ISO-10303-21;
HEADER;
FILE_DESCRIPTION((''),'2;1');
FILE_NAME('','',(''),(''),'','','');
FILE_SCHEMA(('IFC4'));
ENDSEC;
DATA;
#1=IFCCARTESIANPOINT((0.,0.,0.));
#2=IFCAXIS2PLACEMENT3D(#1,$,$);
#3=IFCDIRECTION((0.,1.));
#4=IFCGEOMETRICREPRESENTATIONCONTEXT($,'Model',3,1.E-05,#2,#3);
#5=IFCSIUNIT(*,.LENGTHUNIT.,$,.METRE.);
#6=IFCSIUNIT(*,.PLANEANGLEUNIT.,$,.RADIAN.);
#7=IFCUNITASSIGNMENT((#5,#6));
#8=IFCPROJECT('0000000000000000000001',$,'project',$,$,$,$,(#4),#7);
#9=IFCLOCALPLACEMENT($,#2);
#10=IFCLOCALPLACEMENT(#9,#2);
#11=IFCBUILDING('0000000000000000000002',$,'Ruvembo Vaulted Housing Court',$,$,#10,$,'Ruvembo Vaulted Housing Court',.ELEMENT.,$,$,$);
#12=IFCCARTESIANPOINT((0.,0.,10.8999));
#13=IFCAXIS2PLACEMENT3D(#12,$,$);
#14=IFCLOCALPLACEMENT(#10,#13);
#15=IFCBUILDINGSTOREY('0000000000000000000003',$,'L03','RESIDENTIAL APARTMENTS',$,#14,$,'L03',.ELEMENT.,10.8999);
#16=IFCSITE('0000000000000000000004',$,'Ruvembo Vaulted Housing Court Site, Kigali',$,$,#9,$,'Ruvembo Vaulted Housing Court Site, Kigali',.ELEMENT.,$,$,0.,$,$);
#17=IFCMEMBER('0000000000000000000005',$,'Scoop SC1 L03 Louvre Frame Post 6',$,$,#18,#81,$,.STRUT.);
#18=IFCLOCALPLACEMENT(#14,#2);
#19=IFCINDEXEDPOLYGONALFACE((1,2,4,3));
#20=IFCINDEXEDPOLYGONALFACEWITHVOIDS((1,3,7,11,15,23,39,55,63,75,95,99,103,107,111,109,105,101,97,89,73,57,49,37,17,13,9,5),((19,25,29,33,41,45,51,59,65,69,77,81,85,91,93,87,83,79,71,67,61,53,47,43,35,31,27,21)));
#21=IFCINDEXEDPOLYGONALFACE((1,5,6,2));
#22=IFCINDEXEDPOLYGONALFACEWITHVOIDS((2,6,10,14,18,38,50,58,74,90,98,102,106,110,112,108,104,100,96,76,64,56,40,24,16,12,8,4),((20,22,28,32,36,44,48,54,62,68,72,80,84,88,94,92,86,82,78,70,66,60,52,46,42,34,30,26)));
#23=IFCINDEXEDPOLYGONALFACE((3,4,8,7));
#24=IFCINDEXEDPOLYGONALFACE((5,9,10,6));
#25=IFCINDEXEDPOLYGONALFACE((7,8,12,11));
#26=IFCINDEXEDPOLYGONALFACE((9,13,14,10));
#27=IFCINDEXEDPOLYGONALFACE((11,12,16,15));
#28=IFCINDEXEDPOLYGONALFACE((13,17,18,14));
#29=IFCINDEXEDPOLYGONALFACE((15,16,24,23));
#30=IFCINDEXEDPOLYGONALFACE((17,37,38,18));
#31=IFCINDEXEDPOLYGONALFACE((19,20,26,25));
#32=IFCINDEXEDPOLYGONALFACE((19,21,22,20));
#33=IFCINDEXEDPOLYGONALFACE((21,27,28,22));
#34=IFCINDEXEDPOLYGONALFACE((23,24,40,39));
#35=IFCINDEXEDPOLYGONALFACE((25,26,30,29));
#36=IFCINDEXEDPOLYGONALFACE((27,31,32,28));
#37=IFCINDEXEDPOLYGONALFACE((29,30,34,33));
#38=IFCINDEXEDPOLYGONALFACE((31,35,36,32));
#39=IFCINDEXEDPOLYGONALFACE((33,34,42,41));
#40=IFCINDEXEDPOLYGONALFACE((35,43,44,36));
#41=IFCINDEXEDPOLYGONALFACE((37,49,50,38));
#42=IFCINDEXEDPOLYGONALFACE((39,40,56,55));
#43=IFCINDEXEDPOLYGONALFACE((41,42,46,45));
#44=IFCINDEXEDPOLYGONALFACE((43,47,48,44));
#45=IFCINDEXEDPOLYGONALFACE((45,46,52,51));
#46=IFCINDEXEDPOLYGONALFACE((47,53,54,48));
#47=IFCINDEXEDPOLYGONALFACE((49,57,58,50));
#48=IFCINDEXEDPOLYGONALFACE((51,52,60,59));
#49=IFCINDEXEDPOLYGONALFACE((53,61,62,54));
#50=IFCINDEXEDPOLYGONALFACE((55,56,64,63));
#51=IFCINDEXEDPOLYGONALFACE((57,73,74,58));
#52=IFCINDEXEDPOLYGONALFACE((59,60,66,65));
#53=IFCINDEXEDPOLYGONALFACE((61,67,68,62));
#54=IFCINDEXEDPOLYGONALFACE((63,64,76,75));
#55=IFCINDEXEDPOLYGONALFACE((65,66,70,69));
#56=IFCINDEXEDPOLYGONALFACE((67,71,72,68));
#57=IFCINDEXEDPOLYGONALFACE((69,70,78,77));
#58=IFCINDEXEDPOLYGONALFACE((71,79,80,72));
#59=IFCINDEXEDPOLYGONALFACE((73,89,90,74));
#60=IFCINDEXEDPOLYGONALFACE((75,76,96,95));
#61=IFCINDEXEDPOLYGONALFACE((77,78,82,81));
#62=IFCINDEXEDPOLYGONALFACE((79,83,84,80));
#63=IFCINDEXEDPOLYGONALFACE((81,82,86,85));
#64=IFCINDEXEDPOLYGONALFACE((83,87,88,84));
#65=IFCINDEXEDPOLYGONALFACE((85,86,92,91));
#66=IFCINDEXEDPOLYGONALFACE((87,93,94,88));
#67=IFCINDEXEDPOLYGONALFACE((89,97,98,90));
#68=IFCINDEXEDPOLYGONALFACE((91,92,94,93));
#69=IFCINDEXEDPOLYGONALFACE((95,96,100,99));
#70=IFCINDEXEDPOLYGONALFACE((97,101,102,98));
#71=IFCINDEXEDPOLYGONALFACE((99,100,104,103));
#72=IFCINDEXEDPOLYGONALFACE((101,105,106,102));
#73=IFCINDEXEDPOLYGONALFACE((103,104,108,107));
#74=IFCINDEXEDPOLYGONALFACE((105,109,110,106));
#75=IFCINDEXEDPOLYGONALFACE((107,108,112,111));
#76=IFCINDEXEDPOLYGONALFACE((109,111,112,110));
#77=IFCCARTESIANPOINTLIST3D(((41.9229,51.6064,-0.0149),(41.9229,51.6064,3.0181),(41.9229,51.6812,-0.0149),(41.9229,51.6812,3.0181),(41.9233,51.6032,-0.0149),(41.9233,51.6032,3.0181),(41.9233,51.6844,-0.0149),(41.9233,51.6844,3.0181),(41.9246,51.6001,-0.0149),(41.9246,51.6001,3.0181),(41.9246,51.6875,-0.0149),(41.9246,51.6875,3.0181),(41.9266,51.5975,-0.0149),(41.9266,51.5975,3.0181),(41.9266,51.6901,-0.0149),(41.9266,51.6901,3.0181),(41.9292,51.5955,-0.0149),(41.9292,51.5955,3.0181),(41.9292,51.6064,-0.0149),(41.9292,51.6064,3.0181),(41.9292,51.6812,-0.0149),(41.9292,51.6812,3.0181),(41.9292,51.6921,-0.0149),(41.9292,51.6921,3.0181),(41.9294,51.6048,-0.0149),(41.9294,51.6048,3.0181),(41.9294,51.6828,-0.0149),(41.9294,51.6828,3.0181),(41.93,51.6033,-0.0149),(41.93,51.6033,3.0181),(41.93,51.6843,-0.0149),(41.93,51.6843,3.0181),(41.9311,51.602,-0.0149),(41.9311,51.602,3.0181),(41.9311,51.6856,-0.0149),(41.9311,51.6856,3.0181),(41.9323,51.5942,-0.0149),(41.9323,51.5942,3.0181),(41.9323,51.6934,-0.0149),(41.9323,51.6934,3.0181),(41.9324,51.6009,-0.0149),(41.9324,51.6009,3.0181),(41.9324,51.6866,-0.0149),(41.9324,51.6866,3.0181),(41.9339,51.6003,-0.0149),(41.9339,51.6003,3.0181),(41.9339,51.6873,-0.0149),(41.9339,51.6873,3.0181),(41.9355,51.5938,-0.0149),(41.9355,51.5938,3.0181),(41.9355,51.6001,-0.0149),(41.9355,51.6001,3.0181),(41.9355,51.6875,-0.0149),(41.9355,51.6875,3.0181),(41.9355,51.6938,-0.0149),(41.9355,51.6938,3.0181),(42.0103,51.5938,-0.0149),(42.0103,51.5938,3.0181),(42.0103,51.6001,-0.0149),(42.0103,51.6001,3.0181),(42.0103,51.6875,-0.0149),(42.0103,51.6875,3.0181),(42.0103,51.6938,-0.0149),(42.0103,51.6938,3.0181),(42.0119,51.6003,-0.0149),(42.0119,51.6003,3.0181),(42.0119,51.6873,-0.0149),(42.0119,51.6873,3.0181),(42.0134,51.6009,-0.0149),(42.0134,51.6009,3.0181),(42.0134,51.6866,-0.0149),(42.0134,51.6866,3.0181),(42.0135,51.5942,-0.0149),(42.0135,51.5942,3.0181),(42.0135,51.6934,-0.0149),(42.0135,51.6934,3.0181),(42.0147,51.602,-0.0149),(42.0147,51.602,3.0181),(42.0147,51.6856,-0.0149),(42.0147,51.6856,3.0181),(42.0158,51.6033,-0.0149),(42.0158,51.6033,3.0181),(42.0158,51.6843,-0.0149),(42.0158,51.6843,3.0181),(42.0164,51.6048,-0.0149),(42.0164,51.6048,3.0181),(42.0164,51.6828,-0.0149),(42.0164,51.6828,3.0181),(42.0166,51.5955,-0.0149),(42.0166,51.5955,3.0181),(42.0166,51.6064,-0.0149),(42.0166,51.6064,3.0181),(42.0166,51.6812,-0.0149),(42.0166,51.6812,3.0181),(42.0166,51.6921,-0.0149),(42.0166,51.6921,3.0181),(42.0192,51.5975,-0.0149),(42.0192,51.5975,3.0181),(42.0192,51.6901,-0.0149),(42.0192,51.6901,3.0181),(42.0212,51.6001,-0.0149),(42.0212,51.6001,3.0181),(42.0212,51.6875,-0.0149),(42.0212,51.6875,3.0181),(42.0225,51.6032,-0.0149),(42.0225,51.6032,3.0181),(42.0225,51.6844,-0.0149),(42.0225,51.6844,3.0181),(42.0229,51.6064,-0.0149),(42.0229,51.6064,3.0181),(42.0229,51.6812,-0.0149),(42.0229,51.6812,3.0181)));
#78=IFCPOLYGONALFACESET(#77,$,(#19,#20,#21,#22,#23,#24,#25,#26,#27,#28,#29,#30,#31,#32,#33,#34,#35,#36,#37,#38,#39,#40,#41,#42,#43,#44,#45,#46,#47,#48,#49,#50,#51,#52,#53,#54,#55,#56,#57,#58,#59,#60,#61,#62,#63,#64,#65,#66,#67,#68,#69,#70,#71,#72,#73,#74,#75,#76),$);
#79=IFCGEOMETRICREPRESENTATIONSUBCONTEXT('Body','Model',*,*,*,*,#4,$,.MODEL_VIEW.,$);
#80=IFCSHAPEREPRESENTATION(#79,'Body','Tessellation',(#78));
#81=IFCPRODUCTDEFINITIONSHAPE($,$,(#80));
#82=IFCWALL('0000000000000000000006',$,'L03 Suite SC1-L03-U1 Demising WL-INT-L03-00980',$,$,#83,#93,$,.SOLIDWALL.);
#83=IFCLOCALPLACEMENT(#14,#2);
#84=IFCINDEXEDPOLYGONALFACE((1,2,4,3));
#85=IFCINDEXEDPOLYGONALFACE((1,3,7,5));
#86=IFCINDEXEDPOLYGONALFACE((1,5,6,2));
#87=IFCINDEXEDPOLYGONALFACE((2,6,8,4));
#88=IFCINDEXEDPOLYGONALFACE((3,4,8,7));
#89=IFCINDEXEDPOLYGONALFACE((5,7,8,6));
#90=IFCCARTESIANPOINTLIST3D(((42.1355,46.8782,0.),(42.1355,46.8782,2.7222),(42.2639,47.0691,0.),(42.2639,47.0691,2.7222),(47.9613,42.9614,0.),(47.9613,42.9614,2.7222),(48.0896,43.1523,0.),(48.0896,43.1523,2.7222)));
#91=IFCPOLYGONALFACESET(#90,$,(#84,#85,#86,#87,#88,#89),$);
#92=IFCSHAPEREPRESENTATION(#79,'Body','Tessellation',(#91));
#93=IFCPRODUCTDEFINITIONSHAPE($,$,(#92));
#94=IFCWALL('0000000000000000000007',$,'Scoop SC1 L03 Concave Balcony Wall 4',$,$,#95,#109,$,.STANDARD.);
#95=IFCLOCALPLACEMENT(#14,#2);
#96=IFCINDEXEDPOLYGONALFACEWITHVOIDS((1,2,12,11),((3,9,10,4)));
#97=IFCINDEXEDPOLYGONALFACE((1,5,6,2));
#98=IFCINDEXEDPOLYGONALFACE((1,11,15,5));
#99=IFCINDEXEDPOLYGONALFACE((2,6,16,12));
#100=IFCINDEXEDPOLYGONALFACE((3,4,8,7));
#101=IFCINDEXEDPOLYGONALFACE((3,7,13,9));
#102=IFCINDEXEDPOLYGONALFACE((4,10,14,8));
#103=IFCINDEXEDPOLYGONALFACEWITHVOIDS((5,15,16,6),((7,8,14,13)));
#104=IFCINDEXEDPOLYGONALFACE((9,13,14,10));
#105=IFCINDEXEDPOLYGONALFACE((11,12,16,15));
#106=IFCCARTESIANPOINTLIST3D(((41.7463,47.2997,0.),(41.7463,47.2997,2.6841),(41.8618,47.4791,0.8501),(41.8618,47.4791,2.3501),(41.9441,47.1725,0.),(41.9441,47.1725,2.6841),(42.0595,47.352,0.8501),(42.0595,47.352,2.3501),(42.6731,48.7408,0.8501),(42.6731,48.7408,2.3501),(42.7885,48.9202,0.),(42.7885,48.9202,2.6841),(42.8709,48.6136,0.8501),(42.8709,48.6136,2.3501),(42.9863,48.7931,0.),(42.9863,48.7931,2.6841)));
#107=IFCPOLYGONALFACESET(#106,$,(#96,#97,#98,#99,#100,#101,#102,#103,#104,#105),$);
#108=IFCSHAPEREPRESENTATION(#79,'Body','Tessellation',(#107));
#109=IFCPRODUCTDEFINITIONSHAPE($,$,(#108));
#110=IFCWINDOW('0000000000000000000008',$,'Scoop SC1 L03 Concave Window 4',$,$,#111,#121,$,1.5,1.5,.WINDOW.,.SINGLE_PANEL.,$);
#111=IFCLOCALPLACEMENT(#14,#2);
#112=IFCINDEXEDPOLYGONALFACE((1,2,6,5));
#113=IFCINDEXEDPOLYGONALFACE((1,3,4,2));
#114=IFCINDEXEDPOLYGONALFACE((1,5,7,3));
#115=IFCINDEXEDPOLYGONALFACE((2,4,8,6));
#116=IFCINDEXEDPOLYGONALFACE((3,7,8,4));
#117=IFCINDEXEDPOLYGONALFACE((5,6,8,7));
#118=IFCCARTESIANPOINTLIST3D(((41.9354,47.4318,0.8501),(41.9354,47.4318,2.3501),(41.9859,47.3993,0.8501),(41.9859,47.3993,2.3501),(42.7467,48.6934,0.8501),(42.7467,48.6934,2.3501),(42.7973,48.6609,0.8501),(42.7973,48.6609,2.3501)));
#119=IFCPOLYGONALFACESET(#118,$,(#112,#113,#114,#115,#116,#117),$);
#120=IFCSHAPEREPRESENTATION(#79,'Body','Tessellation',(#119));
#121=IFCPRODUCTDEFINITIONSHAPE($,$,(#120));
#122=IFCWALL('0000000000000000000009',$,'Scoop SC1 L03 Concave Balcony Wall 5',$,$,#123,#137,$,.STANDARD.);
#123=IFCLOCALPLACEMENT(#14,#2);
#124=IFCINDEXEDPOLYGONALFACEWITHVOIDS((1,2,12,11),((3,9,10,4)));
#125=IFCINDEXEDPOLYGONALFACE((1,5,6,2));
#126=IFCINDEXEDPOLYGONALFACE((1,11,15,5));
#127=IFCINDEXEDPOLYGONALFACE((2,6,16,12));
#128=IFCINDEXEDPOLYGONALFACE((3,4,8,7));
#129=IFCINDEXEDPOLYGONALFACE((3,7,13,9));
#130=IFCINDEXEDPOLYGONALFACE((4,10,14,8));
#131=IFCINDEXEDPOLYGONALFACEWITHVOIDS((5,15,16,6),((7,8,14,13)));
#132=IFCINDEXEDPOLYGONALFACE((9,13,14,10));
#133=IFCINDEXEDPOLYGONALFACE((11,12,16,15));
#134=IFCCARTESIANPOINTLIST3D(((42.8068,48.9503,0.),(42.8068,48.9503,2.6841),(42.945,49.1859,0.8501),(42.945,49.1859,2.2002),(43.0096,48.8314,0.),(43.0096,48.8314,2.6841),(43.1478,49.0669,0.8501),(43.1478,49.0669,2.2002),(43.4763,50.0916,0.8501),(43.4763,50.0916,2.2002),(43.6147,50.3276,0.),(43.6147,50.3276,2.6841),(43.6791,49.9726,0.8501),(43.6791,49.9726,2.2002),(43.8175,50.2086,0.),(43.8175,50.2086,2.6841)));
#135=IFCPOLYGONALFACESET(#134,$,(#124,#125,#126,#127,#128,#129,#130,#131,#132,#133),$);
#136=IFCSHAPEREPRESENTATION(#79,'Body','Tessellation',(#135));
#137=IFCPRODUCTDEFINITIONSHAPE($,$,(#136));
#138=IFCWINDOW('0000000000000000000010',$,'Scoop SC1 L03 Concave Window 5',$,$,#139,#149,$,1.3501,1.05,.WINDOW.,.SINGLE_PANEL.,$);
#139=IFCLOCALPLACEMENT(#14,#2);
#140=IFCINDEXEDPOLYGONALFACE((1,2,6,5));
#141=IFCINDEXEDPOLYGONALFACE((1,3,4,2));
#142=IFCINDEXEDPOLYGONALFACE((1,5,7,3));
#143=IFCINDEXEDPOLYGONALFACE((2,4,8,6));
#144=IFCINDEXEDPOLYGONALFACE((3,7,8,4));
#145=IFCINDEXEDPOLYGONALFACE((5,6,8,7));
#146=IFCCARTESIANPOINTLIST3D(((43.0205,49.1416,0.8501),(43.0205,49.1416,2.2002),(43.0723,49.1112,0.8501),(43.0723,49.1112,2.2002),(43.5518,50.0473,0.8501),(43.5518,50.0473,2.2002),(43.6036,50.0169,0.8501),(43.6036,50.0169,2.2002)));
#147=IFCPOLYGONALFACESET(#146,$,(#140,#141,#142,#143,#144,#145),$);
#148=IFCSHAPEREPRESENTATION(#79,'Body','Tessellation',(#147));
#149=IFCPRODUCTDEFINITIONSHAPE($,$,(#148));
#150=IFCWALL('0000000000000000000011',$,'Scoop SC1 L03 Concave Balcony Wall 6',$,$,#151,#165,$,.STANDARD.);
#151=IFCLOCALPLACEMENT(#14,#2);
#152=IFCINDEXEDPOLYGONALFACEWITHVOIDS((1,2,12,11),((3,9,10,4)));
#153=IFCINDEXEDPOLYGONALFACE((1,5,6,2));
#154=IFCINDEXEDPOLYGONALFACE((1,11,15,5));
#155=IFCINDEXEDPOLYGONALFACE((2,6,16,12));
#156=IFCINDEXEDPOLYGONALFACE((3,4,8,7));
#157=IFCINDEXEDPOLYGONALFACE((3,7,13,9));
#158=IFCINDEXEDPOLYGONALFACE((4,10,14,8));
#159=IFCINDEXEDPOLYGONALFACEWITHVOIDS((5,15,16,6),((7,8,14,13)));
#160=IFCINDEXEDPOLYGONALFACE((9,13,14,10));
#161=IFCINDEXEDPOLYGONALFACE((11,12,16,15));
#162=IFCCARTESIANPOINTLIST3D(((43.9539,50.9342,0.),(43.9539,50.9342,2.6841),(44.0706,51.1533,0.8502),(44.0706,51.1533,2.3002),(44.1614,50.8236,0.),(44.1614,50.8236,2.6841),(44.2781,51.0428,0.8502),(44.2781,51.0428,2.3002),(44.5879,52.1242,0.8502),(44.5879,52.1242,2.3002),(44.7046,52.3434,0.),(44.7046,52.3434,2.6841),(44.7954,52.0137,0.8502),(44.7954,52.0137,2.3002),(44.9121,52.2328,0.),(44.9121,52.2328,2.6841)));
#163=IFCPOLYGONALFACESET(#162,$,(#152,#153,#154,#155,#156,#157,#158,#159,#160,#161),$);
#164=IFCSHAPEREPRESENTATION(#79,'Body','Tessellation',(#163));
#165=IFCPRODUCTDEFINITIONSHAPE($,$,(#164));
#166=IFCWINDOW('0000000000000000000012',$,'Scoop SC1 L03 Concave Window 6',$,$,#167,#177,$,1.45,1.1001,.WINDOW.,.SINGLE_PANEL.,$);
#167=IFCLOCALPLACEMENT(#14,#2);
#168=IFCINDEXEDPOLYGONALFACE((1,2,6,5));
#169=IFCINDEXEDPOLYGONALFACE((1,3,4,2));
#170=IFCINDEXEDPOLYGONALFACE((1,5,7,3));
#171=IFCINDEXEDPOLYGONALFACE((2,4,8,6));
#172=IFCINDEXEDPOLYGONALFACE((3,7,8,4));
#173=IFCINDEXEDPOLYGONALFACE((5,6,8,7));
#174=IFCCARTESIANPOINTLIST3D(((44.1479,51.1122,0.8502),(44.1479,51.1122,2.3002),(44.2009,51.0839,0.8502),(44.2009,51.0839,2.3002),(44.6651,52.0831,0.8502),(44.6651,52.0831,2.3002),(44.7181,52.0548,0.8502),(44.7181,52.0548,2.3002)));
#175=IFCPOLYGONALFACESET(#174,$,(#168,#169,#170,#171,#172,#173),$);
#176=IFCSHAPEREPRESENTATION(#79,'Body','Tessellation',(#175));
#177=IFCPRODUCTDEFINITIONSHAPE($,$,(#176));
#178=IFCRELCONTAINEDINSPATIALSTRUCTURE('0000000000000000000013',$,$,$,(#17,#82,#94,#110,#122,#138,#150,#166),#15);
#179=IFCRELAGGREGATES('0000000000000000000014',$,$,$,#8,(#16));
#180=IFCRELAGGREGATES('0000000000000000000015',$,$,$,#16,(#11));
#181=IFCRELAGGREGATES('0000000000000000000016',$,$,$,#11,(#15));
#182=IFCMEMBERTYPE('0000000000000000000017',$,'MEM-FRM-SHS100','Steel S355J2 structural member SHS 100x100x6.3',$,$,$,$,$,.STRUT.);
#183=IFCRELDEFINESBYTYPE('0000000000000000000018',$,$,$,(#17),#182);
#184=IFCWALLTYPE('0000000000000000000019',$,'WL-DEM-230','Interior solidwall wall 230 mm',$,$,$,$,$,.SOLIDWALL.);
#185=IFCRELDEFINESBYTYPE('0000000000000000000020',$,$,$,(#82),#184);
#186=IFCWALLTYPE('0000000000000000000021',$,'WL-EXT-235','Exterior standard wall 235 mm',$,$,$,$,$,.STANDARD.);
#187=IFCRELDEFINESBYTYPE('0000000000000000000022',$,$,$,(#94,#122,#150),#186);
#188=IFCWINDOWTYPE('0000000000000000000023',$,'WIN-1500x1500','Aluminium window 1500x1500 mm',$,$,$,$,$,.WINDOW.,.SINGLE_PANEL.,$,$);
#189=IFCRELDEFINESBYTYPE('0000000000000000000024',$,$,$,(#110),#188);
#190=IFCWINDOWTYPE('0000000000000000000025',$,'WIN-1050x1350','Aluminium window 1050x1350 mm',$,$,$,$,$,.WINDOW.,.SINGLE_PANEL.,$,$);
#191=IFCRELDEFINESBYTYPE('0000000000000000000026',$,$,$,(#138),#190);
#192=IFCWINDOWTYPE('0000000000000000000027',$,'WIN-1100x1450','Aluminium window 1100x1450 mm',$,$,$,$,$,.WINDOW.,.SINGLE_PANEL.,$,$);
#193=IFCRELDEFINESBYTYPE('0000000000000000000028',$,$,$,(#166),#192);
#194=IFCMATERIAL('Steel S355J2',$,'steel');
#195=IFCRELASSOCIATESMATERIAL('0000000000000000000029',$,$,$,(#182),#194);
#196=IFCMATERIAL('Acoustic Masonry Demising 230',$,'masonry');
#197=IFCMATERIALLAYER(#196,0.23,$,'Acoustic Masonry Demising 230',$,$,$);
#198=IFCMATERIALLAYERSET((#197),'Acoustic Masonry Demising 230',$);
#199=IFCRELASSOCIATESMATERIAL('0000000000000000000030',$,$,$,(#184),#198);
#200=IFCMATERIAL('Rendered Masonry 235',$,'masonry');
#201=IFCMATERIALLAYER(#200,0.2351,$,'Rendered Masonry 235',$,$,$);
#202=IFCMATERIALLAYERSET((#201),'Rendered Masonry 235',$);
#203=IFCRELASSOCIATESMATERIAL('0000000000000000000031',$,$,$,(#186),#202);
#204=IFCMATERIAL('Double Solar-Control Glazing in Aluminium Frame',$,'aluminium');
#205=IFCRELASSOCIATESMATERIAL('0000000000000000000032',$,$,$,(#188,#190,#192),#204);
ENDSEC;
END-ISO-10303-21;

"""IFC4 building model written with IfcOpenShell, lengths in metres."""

from ifc_helpers import new_model, si_unit, direction, frame, frame_2d, origin, origin_2d, place, context, subcontext, project, spatial, rectangle, hollow_rectangle, extrude, material, layer, layer_set, material_profile, profile_set, type_object, element, fill, save


model = new_model("IFC4")

# Units and contexts
model_context = context("Model", 3, precision=1e-05, world=origin(), true_north=direction((0.0, 1.0)))
body_context = subcontext(model_context, "Body", "Model", "MODEL_VIEW")
ifc_project = project(units=[si_unit("LENGTHUNIT", "METRE"), si_unit("PLANEANGLEUNIT", "RADIAN")], contexts=[model_context])

# Site, building, storey
site_placement = place(None, origin())
site = spatial("IfcSite", under=ifc_project, at=site_placement, Name="Ruvembo Vaulted Housing Court Site, Kigali", LongName="Ruvembo Vaulted Housing Court Site, Kigali", CompositionType="ELEMENT", RefElevation=0.0)
building_placement = place(site_placement, origin())
building = spatial("IfcBuilding", under=site, at=building_placement, Name="Ruvembo Vaulted Housing Court", LongName="Ruvembo Vaulted Housing Court", CompositionType="ELEMENT")
storey_placement = place(building_placement, frame((0.0, 0.0, 10.8999)))
storey = spatial("IfcBuildingStorey", under=building, at=storey_placement, Name="L03", Description="RESIDENTIAL APARTMENTS", LongName="L03", CompositionType="ELEMENT", Elevation=10.8999)

# Shared definitions
ifc_material_1 = material(Name="Steel S355J2", Category="steel")

# Member
ifc_material_profile_1 = material_profile(ifc_material_1, hollow_rectangle(XDim=0.1001, YDim=0.1001, WallThickness=0.0063, InnerFilletRadius=0.0063, OuterFilletRadius=0.0127, at=origin_2d()), Name="SHS 100x100x6.3")
ifc_profile_set_1 = profile_set([ifc_material_profile_1], Name="Steel S355J2")
member_type_1 = type_object("IfcMemberType", Name="MEM-FRM-SHS100", Description="Steel S355J2 structural member SHS 100x100x6.3", PredefinedType="STRUT", material=ifc_profile_set_1)
member_1_placement = place(storey_placement, frame((41.9729, 51.6438, -0.0149), z_axis=(0.0, 0.0, 1.0), x_axis=(1.0, 0.0, 0.0)))
element("IfcMember", 1, at=member_1_placement, inside=storey, type_object=member_type_1, Name="Scoop SC1 L03 Louvre Frame Post 6", PredefinedType="STRUT", context=body_context, shape_type="SweptSolid", body=[
    extrude(hollow_rectangle(XDim=0.1001, YDim=0.1001, WallThickness=0.0063, InnerFilletRadius=0.0063, OuterFilletRadius=0.0127, at=origin_2d()), origin(), (0.0, 0.0, 1.0), 3.033),
])

# Wall
ifc_material_2 = material(Name="Acoustic Masonry Demising 230", Category="masonry")
ifc_layer_1 = layer(ifc_material_2, 0.23, Name="Acoustic Masonry Demising 230")
ifc_layer_set_1 = layer_set([ifc_layer_1], Name="Acoustic Masonry Demising 230")
wall_type_1 = type_object("IfcWallType", Name="WL-DEM-230", Description="Interior solidwall wall 230 mm", PredefinedType="SOLIDWALL", material=ifc_layer_set_1)
wall_1_placement = place(storey_placement, frame((42.1997, 46.9736, 0.0), z_axis=(0.0, 0.0, 1.0), x_axis=(0.829877, -0.557946, 0.0)))
element("IfcWall", 2, at=wall_1_placement, inside=storey, type_object=wall_type_1, Name="L03 Suite SC1-L03-U1 Demising WL-INT-L03-00980", PredefinedType="SOLIDWALL", context=body_context, shape_type="SweptSolid", body=[
    extrude(rectangle(XDim=7.02, YDim=0.23, at=frame_2d((3.51, 0.0))), origin(), (0.0, 0.0, 1.0), 2.7222),
])

# Walls, openings, windows
ifc_material_3 = material(Name="Rendered Masonry 235", Category="masonry")
ifc_layer_2 = layer(ifc_material_3, 0.2351, Name="Rendered Masonry 235")
ifc_layer_set_2 = layer_set([ifc_layer_2], Name="Rendered Masonry 235")
wall_type_2 = type_object("IfcWallType", Name="WL-EXT-235", Description="Exterior standard wall 235 mm", PredefinedType="STANDARD", material=ifc_layer_set_2)
wall_2_placement = place(storey_placement, frame((41.8452, 47.2361, 0.0), z_axis=(0.0, 0.0, 1.0), x_axis=(0.540911, 0.84108, 0.0)))
wall_2 = element("IfcWall", 3, at=wall_2_placement, inside=storey, type_object=wall_type_2, Name="Scoop SC1 L03 Concave Balcony Wall 4", PredefinedType="STANDARD", context=body_context, shape_type="SweptSolid", body=[
    extrude(rectangle(XDim=1.9268, YDim=0.2351, at=frame_2d((0.9634, 0.0))), origin(), (0.0, 0.0, 1.0), 2.6841),
])
opening_1_placement = place(wall_2_placement, frame((0.2134, 0.0, 0.8501)))
opening_1 = element("IfcOpeningElement", 4, at=opening_1_placement, cuts=wall_2, PredefinedType="OPENING", context=body_context, shape_type="SweptSolid", body=[
    extrude(rectangle(XDim=1.5, YDim=1.5, at=frame_2d((0.75, 0.75))), frame((0.0, 0.1274, 0.0), z_axis=(0.0, -1.0, 0.0), x_axis=(1.0, 0.0, 0.0)), (0.0, 0.0, 1.0), 0.2551),
])
ifc_material_4 = material(Name="Double Solar-Control Glazing in Aluminium Frame", Category="aluminium")
window_type_1 = type_object("IfcWindowType", Name="WIN-1500x1500", Description="Aluminium window 1500x1500 mm", PartitioningType="SINGLE_PANEL", PredefinedType="WINDOW", material=ifc_material_4)
window_1_placement = place(opening_1_placement, origin())
window_1 = element("IfcWindow", 5, at=window_1_placement, inside=storey, type_object=window_type_1, Name="Scoop SC1 L03 Concave Window 4", OverallHeight=1.5, OverallWidth=1.5, PartitioningType="SINGLE_PANEL", PredefinedType="WINDOW", context=body_context, shape_type="SweptSolid", body=[
    extrude(rectangle(XDim=1.5, YDim=1.5, at=frame_2d((0.75, 0.75))), frame((0.0, 0.03, 0.0), z_axis=(0.0, -1.0, 0.0), x_axis=(1.0, 0.0, 0.0)), (0.0, 0.0, 1.0), 0.0601),
])
fill(opening_1, window_1)
wall_3_placement = place(storey_placement, frame((42.9082, 48.8909, 0.0), z_axis=(0.0, 0.0, 1.0), x_axis=(0.505971, 0.862551, 0.0)))
wall_3 = element("IfcWall", 6, at=wall_3_placement, inside=storey, type_object=wall_type_2, Name="Scoop SC1 L03 Concave Balcony Wall 5", PredefinedType="STANDARD", context=body_context, shape_type="SweptSolid", body=[
    extrude(rectangle(XDim=1.5967, YDim=0.2351, at=frame_2d((0.7983, 0.0))), origin(), (0.0, 0.0, 1.0), 2.6841),
])
opening_2_placement = place(wall_3_placement, frame((0.2732, 0.0, 0.8501)))
opening_2 = element("IfcOpeningElement", 7, at=opening_2_placement, cuts=wall_3, PredefinedType="OPENING", context=body_context, shape_type="SweptSolid", body=[
    extrude(rectangle(XDim=1.05, YDim=1.3501, at=frame_2d((0.5249, 0.675))), frame((0.0, 0.1274, 0.0), z_axis=(0.0, -1.0, 0.0), x_axis=(1.0, 0.0, 0.0)), (0.0, 0.0, 1.0), 0.2551),
])
window_type_2 = type_object("IfcWindowType", Name="WIN-1050x1350", Description="Aluminium window 1050x1350 mm", PartitioningType="SINGLE_PANEL", PredefinedType="WINDOW", material=ifc_material_4)
window_2_placement = place(opening_2_placement, origin())
window_2 = element("IfcWindow", 8, at=window_2_placement, inside=storey, type_object=window_type_2, Name="Scoop SC1 L03 Concave Window 5", OverallHeight=1.3501, OverallWidth=1.05, PartitioningType="SINGLE_PANEL", PredefinedType="WINDOW", context=body_context, shape_type="SweptSolid", body=[
    extrude(rectangle(XDim=1.05, YDim=1.3501, at=frame_2d((0.5249, 0.675))), frame((0.0, 0.03, 0.0), z_axis=(0.0, -1.0, 0.0), x_axis=(1.0, 0.0, 0.0)), (0.0, 0.0, 1.0), 0.0601),
])
fill(opening_2, window_2)
wall_4_placement = place(storey_placement, frame((44.0576, 50.8789, 0.0), z_axis=(0.0, 0.0, 1.0), x_axis=(0.470183, 0.882569, 0.0)))
wall_4 = element("IfcWall", 9, at=wall_4_placement, inside=storey, type_object=wall_type_2, Name="Scoop SC1 L03 Concave Balcony Wall 6", PredefinedType="STANDARD", context=body_context, shape_type="SweptSolid", body=[
    extrude(rectangle(XDim=1.5967, YDim=0.2351, at=frame_2d((0.7983, 0.0))), origin(), (0.0, 0.0, 1.0), 2.6841),
])
opening_3_placement = place(wall_4_placement, frame((0.2483, 0.0, 0.8501)))
opening_3 = element("IfcOpeningElement", 10, at=opening_3_placement, cuts=wall_4, PredefinedType="OPENING", context=body_context, shape_type="SweptSolid", body=[
    extrude(rectangle(XDim=1.1001, YDim=1.45, at=frame_2d((0.55, 0.7251))), frame((0.0, 0.1274, 0.0), z_axis=(0.0, -1.0, 0.0), x_axis=(1.0, 0.0, 0.0)), (0.0, 0.0, 1.0), 0.2551),
])
window_type_3 = type_object("IfcWindowType", Name="WIN-1100x1450", Description="Aluminium window 1100x1450 mm", PartitioningType="SINGLE_PANEL", PredefinedType="WINDOW", material=ifc_material_4)
window_3_placement = place(opening_3_placement, origin())
window_3 = element("IfcWindow", 11, at=window_3_placement, inside=storey, type_object=window_type_3, Name="Scoop SC1 L03 Concave Window 6", OverallHeight=1.45, OverallWidth=1.1001, PartitioningType="SINGLE_PANEL", PredefinedType="WINDOW", context=body_context, shape_type="SweptSolid", body=[
    extrude(rectangle(XDim=1.1001, YDim=1.45, at=frame_2d((0.55, 0.7251))), frame((0.0, 0.03, 0.0), z_axis=(0.0, -1.0, 0.0), x_axis=(1.0, 0.0, 0.0)), (0.0, 0.0, 1.0), 0.0601),
])
fill(opening_3, window_3)

save(model, "model.ifc")
